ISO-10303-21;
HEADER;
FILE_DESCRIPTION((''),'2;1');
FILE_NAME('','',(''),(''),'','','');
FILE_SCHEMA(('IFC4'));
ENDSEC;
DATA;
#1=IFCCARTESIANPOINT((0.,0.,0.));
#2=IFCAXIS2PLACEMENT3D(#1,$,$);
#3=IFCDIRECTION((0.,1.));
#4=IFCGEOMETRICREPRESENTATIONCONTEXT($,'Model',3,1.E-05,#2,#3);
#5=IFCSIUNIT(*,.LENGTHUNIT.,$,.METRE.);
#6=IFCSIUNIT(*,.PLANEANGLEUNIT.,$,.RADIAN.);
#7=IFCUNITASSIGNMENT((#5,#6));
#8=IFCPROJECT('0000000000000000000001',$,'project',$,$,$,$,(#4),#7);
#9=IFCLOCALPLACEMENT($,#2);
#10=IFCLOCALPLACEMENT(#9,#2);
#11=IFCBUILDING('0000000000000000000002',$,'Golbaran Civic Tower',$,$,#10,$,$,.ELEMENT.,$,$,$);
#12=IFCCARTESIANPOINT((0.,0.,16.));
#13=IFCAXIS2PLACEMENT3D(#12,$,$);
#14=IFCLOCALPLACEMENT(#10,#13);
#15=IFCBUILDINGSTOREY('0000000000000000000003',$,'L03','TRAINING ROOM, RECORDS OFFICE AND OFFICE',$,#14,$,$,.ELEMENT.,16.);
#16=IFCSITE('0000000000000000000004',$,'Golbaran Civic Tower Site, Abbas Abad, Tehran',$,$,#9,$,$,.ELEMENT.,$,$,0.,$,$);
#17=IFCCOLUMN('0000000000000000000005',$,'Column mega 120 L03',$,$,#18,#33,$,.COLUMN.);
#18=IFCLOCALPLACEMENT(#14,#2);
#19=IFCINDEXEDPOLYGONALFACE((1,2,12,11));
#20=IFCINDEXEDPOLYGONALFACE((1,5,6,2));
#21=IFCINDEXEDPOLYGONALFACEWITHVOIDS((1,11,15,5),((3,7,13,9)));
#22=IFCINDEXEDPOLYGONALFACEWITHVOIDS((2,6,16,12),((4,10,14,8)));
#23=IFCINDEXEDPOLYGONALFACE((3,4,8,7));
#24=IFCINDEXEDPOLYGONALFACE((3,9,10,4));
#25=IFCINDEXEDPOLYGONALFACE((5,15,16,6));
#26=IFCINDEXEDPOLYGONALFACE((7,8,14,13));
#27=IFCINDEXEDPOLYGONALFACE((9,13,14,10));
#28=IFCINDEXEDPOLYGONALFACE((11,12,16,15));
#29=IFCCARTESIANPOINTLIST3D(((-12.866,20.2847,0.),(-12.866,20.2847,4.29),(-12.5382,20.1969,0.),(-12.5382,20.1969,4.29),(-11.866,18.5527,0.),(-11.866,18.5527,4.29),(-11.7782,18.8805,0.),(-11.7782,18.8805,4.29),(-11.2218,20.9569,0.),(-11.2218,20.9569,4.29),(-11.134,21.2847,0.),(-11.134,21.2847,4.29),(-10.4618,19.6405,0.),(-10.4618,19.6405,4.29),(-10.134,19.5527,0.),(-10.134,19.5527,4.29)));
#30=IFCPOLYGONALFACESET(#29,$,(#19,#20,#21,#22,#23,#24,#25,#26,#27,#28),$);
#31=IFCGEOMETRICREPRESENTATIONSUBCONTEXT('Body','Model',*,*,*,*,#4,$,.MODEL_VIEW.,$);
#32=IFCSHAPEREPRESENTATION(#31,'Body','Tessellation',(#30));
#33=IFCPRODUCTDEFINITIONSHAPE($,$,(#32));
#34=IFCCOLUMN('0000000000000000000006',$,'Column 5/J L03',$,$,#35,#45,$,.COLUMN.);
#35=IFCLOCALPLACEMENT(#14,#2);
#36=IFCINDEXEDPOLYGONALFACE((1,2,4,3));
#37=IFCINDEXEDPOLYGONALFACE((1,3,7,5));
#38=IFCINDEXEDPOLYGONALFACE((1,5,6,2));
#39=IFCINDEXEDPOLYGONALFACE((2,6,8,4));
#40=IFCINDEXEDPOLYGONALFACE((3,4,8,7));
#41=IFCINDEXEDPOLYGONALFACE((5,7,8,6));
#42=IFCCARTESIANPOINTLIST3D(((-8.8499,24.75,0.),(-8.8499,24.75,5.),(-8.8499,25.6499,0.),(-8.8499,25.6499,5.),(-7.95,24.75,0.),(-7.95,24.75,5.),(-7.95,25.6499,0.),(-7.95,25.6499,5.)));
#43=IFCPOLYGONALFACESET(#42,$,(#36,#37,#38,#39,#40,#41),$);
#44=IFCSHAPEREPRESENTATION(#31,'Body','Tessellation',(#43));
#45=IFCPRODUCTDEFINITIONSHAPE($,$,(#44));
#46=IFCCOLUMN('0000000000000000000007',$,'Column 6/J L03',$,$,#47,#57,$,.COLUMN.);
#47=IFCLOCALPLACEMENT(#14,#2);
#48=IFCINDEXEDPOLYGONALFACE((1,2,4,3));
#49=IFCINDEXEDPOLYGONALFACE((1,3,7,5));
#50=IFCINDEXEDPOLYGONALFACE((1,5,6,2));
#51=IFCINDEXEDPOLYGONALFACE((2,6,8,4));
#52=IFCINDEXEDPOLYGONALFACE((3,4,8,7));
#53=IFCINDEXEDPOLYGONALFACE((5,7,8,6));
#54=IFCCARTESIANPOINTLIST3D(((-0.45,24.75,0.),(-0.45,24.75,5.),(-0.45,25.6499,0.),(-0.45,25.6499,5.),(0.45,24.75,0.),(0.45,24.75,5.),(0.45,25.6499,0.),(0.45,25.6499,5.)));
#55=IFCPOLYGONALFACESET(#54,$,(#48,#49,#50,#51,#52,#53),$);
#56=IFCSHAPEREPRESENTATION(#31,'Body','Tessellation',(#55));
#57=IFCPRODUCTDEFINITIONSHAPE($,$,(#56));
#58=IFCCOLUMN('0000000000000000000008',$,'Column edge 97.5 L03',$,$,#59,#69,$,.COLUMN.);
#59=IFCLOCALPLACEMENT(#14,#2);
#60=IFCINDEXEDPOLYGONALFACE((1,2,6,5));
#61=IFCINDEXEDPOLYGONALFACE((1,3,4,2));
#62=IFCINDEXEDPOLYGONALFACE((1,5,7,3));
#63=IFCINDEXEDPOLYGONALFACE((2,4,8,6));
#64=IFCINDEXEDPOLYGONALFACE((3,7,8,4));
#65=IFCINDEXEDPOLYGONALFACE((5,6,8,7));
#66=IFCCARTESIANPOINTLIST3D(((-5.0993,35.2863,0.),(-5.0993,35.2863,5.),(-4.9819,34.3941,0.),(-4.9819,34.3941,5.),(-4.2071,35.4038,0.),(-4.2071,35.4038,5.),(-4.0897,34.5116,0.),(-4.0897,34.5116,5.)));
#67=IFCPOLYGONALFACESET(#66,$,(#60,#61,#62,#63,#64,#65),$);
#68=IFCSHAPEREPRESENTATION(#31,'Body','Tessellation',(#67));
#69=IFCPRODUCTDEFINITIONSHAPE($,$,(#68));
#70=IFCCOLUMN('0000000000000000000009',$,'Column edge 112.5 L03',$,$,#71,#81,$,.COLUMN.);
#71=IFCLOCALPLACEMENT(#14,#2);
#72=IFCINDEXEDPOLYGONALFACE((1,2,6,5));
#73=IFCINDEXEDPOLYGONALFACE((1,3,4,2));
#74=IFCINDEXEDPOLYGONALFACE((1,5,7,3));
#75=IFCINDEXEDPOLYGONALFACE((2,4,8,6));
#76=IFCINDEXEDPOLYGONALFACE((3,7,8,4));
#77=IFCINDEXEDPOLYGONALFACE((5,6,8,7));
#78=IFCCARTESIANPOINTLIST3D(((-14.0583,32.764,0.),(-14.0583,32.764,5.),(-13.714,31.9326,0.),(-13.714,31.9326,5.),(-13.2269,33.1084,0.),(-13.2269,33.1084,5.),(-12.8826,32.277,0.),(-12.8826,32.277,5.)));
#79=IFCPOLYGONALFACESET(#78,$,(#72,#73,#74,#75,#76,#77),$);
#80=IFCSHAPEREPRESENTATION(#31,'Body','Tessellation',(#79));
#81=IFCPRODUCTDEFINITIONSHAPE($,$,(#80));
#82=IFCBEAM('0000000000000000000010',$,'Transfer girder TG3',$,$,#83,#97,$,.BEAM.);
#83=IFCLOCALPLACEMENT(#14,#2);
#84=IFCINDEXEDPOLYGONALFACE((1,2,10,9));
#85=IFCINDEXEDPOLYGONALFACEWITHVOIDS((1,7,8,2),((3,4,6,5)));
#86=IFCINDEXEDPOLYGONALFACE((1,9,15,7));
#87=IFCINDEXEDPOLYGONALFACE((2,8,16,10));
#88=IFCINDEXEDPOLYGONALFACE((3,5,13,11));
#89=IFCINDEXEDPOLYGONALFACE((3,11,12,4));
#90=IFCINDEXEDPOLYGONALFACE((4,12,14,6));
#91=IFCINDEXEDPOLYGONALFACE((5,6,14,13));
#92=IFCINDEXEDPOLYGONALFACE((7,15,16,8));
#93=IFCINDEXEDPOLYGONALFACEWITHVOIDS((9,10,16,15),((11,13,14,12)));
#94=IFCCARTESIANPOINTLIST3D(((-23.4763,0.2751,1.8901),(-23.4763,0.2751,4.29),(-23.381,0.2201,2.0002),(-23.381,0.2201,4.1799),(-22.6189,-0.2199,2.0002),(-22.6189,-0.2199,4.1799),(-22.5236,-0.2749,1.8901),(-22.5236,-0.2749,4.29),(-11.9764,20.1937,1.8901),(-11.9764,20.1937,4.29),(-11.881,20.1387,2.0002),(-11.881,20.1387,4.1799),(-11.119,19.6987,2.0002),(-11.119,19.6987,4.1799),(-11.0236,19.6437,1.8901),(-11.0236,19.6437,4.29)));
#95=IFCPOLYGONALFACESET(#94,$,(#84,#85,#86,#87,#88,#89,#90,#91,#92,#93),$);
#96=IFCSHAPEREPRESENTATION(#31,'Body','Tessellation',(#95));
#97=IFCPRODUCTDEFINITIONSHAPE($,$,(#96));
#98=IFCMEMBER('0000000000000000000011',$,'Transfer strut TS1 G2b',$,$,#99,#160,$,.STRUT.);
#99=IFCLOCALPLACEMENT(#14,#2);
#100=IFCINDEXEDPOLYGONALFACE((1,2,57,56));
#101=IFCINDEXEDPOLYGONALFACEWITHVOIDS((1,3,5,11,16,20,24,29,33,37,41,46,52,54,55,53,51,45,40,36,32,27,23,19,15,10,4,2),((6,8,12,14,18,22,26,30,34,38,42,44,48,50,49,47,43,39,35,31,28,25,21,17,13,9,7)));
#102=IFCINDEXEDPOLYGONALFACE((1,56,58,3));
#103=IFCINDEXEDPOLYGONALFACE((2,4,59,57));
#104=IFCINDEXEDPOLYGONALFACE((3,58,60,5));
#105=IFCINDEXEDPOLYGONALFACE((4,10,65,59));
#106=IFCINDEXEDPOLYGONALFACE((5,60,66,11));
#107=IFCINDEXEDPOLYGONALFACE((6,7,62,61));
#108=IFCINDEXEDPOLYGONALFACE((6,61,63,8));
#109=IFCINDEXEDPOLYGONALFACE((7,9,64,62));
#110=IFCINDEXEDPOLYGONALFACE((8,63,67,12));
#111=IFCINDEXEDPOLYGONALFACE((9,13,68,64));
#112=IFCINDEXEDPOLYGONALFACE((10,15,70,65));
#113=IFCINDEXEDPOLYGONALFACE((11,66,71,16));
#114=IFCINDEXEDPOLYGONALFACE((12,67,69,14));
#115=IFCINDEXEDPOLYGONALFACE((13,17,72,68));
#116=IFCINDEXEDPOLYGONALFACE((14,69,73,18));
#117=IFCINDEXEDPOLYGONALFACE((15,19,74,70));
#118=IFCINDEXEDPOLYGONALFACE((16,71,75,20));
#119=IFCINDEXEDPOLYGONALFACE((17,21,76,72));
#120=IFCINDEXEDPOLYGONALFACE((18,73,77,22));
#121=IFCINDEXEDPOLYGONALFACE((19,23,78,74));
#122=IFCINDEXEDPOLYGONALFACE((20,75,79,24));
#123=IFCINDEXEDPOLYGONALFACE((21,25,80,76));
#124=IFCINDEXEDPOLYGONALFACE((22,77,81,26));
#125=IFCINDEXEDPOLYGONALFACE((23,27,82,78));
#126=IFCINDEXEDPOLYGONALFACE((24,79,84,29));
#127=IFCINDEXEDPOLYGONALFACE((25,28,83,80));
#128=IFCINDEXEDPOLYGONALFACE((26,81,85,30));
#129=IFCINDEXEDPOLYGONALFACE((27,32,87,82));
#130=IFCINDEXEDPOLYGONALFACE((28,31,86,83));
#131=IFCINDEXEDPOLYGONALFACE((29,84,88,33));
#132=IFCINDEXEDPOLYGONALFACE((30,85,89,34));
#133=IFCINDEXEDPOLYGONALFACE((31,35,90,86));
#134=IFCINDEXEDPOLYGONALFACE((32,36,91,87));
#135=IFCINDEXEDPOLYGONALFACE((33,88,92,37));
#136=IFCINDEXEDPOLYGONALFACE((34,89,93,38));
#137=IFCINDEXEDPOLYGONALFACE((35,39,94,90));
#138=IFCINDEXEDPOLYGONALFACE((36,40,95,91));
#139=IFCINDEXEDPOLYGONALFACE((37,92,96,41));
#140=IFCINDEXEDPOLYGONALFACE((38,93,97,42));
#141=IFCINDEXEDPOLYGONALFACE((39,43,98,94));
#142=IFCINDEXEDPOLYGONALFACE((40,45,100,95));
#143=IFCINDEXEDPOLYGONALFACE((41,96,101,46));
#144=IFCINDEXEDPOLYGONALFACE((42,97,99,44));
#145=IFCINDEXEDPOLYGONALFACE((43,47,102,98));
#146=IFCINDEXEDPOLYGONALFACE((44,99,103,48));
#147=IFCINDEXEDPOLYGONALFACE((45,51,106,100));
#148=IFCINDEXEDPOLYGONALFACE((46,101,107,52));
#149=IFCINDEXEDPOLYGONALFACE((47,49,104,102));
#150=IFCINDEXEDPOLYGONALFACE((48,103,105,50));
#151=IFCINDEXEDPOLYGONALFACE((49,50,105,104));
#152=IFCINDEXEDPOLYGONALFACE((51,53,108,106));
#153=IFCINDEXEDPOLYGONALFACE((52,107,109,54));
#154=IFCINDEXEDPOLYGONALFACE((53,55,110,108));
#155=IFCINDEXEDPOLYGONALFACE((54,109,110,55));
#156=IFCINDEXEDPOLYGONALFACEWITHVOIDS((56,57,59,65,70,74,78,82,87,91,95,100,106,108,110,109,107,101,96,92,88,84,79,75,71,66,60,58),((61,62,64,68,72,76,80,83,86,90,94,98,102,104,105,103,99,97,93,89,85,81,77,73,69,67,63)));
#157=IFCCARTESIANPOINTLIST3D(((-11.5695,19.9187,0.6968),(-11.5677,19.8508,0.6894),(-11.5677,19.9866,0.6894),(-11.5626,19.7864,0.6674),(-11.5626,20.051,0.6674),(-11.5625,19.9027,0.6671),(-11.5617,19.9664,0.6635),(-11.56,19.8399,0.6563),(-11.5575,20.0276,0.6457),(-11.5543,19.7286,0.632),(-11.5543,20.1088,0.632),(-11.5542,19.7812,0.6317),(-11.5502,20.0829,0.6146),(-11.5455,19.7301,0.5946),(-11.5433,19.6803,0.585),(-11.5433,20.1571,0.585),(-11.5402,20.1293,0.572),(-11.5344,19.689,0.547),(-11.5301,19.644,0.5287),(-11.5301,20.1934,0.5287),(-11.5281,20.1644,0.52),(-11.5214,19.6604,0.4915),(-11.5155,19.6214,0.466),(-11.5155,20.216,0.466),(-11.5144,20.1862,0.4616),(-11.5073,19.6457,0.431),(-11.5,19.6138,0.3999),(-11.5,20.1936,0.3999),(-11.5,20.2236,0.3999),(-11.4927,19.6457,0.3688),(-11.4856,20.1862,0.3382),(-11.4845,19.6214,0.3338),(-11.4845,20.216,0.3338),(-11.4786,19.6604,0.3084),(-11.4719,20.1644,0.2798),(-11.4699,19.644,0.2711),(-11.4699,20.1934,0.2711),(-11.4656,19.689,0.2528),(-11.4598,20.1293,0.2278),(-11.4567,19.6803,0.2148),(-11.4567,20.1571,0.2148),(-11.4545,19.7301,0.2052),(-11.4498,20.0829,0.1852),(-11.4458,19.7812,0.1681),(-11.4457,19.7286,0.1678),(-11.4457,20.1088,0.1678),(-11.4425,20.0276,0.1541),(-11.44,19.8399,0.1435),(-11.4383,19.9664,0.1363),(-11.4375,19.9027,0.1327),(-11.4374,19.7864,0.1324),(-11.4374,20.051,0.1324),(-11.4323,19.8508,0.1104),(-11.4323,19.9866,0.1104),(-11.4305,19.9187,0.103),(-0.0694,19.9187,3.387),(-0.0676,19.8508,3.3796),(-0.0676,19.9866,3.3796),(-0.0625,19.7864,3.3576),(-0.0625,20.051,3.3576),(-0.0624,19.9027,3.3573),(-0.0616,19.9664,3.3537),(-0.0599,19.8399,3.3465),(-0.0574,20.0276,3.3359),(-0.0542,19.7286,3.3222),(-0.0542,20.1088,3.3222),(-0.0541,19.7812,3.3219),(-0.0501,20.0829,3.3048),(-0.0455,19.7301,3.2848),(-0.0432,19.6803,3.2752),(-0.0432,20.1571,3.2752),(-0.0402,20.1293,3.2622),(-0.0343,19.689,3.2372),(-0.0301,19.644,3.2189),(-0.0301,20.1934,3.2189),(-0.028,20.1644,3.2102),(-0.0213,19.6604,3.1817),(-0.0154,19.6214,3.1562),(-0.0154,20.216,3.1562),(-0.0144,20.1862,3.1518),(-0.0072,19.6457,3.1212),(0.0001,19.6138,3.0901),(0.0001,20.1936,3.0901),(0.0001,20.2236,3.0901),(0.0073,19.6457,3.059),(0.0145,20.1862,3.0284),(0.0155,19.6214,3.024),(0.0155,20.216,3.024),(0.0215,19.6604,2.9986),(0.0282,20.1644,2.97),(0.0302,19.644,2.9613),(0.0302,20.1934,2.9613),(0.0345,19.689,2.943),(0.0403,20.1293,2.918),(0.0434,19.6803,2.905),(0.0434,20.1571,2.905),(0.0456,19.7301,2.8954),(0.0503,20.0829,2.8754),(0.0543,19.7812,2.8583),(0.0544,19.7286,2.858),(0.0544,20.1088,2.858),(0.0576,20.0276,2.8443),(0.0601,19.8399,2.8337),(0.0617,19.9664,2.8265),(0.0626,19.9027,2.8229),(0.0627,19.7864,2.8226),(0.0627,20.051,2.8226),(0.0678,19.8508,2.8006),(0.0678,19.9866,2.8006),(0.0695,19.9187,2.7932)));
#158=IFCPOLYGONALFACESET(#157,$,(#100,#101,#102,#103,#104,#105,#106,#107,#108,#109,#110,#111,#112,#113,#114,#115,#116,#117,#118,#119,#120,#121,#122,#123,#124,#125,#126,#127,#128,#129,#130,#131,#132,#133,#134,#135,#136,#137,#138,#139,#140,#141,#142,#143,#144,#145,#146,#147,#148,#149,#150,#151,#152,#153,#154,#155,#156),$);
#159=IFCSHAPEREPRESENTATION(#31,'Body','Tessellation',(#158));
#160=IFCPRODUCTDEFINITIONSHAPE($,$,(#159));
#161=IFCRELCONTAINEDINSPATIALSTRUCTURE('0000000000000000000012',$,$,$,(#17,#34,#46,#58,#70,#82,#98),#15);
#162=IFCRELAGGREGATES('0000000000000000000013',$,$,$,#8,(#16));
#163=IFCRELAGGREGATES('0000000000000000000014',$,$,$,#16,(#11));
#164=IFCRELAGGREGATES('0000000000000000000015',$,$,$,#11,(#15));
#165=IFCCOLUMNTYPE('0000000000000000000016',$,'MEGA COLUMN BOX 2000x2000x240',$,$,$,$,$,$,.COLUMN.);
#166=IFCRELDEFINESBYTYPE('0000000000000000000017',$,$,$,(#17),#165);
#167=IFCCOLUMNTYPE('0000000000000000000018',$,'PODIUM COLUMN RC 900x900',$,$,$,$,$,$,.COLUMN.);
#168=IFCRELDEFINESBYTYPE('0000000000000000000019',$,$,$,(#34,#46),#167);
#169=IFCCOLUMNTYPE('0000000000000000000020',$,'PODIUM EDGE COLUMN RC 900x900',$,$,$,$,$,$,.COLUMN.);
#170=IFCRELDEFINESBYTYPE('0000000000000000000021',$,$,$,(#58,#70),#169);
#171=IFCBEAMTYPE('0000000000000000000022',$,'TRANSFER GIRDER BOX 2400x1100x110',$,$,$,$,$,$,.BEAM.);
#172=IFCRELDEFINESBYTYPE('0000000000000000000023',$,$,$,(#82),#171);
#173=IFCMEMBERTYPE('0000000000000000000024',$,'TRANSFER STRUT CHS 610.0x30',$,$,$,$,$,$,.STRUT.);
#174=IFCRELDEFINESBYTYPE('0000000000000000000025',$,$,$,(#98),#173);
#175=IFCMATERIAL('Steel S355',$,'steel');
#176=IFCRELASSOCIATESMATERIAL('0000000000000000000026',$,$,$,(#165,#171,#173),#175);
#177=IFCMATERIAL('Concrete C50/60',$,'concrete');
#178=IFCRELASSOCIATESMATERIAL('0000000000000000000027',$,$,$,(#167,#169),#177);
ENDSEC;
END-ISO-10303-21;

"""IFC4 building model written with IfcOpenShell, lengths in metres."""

from ifc_helpers import new_model, si_unit, direction, frame, origin, origin_2d, place, context, subcontext, project, spatial, rectangle, hollow_rectangle, hollow_circle, extrude, material, material_profile, profile_set, type_object, element, save


model = new_model("IFC4")

# Units and contexts
model_context = context("Model", 3, precision=1e-05, world=origin(), true_north=direction((0.0, 1.0)))
body_context = subcontext(model_context, "Body", "Model", "MODEL_VIEW")
ifc_project = project(units=[si_unit("LENGTHUNIT", "METRE"), si_unit("PLANEANGLEUNIT", "RADIAN")], contexts=[model_context])

# Site, building, storey
site_placement = place(None, origin())
site = spatial("IfcSite", under=ifc_project, at=site_placement, Name="Golbaran Civic Tower Site, Abbas Abad, Tehran", CompositionType="ELEMENT", RefElevation=0.0)
building_placement = place(site_placement, origin())
building = spatial("IfcBuilding", under=site, at=building_placement, Name="Golbaran Civic Tower", CompositionType="ELEMENT")
storey_placement = place(building_placement, frame((0.0, 0.0, 16.0)))
storey = spatial("IfcBuildingStorey", under=building, at=storey_placement, Name="L03", Description="TRAINING ROOM, RECORDS OFFICE AND OFFICE", CompositionType="ELEMENT", Elevation=16.0)

# Columns
ifc_material_1 = material(Name="Steel S355", Category="steel")
ifc_material_profile_1 = material_profile(ifc_material_1, hollow_rectangle(XDim=2.0, YDim=2.0, WallThickness=0.24, at=origin_2d()), Name="BOX 2000x2000x240")
ifc_profile_set_1 = profile_set([ifc_material_profile_1], Name="Steel S355")
column_type_1 = type_object("IfcColumnType", Name="MEGA COLUMN BOX 2000x2000x240", PredefinedType="COLUMN", material=ifc_profile_set_1)
column_placement = place(storey_placement, frame((-11.5, 19.9187, 0.0), z_axis=(0.0, 0.0, 1.0), x_axis=(-0.5, 0.866025, 0.0)))
element("IfcColumn", 1, at=column_placement, inside=storey, type_object=column_type_1, Name="Column mega 120 L03", PredefinedType="COLUMN", context=body_context, shape_type="SweptSolid", body=[
    extrude(hollow_rectangle(XDim=2.0, YDim=2.0, WallThickness=0.24, at=origin_2d()), origin(), (0.0, 0.0, 1.0), 4.29),
])
ifc_material_2 = material(Name="Concrete C50/60", Category="concrete")
ifc_material_profile_2 = material_profile(ifc_material_2, rectangle(XDim=0.8999, YDim=0.8999, at=origin_2d()), Name="RC 900x900")
ifc_profile_set_2 = profile_set([ifc_material_profile_2], Name="Concrete C50/60")
column_type_2 = type_object("IfcColumnType", Name="PODIUM COLUMN RC 900x900", PredefinedType="COLUMN", material=ifc_profile_set_2)
for number, where, z_axis, x_axis, name in (
    (2, (-8.3999, 25.2, 0.0), (0.0, 0.0, 1.0), (1.0, 0.0, 0.0), "Column 5/J L03"),
    (3, (0.0, 25.2, 0.0), (0.0, 0.0, 1.0), (1.0, 0.0, 0.0), "Column 6/J L03"),
):
    element("IfcColumn", number, at=place(storey_placement, frame(where, z_axis=z_axis, x_axis=x_axis)), inside=storey, type_object=column_type_2, Name=name, PredefinedType="COLUMN", context=body_context, shape_type="SweptSolid", body=[
        extrude(rectangle(XDim=0.8999, YDim=0.8999, at=origin_2d()), origin(), (0.0, 0.0, 1.0), 5.0),
    ])
ifc_material_profile_3 = material_profile(ifc_material_2, rectangle(XDim=0.8999, YDim=0.8999, at=origin_2d()), Name="RC 900x900")
ifc_profile_set_3 = profile_set([ifc_material_profile_3], Name="Concrete C50/60")
column_type_3 = type_object("IfcColumnType", Name="PODIUM EDGE COLUMN RC 900x900", PredefinedType="COLUMN", material=ifc_profile_set_3)
for number, where, z_axis, x_axis, name in (
    (4, (-4.5945, 34.8989, 0.0), (0.0, 0.0, 1.0), (-0.130526, 0.991445, 0.0), "Column edge 97.5 L03"),
    (5, (-13.4705, 32.5205, 0.0), (0.0, 0.0, 1.0), (-0.382683, 0.92388, 0.0), "Column edge 112.5 L03"),
):
    element("IfcColumn", number, at=place(storey_placement, frame(where, z_axis=z_axis, x_axis=x_axis)), inside=storey, type_object=column_type_3, Name=name, PredefinedType="COLUMN", context=body_context, shape_type="SweptSolid", body=[
        extrude(rectangle(XDim=0.8999, YDim=0.8999, at=origin_2d()), origin(), (0.0, 0.0, 1.0), 5.0),
    ])

# Beam
ifc_material_profile_4 = material_profile(ifc_material_1, hollow_rectangle(XDim=1.1001, YDim=2.3999, WallThickness=0.1101, at=origin_2d()), Name="BOX 2400x1100x110")
ifc_profile_set_4 = profile_set([ifc_material_profile_4], Name="Steel S355")
beam_type = type_object("IfcBeamType", Name="TRANSFER GIRDER BOX 2400x1100x110", PredefinedType="BEAM", material=ifc_profile_set_4)
beam_placement = place(storey_placement, frame((-11.5, 19.9187, 3.0901), z_axis=(-0.499998, -0.866027, 0.0), x_axis=(0.866027, -0.499998, 0.0)))
element("IfcBeam", 6, at=beam_placement, inside=storey, type_object=beam_type, Name="Transfer girder TG3", PredefinedType="BEAM", context=body_context, shape_type="SweptSolid", body=[
    extrude(hollow_rectangle(XDim=1.1001, YDim=2.3999, WallThickness=0.1101, at=origin_2d()), origin(), (0.0, 0.0, 1.0), 23.0),
])

# Member
ifc_material_profile_5 = material_profile(ifc_material_1, hollow_circle(Radius=0.3049, WallThickness=0.03, at=origin_2d()), Name="CHS 610.0x30")
ifc_profile_set_5 = profile_set([ifc_material_profile_5], Name="Steel S355")
member_type = type_object("IfcMemberType", Name="TRANSFER STRUT CHS 610.0x30", PredefinedType="STRUT", material=ifc_profile_set_5)
for number, where, z_axis, x_axis, name in (
    (7, (-11.5, 19.9187, 0.3999), (0.973713, 0.0, 0.22778), (0.0, 1.0, 0.0), "Transfer strut TS1 G2b"),
):
    element("IfcMember", number, at=place(storey_placement, frame(where, z_axis=z_axis, x_axis=x_axis)), inside=storey, type_object=member_type, Name=name, PredefinedType="STRUT", context=body_context, shape_type="SweptSolid", body=[
        extrude(hollow_circle(Radius=0.3049, WallThickness=0.03, at=origin_2d()), origin(), (0.0, 0.0, 1.0), 11.8105),
    ])

save(model, "model.ifc")
